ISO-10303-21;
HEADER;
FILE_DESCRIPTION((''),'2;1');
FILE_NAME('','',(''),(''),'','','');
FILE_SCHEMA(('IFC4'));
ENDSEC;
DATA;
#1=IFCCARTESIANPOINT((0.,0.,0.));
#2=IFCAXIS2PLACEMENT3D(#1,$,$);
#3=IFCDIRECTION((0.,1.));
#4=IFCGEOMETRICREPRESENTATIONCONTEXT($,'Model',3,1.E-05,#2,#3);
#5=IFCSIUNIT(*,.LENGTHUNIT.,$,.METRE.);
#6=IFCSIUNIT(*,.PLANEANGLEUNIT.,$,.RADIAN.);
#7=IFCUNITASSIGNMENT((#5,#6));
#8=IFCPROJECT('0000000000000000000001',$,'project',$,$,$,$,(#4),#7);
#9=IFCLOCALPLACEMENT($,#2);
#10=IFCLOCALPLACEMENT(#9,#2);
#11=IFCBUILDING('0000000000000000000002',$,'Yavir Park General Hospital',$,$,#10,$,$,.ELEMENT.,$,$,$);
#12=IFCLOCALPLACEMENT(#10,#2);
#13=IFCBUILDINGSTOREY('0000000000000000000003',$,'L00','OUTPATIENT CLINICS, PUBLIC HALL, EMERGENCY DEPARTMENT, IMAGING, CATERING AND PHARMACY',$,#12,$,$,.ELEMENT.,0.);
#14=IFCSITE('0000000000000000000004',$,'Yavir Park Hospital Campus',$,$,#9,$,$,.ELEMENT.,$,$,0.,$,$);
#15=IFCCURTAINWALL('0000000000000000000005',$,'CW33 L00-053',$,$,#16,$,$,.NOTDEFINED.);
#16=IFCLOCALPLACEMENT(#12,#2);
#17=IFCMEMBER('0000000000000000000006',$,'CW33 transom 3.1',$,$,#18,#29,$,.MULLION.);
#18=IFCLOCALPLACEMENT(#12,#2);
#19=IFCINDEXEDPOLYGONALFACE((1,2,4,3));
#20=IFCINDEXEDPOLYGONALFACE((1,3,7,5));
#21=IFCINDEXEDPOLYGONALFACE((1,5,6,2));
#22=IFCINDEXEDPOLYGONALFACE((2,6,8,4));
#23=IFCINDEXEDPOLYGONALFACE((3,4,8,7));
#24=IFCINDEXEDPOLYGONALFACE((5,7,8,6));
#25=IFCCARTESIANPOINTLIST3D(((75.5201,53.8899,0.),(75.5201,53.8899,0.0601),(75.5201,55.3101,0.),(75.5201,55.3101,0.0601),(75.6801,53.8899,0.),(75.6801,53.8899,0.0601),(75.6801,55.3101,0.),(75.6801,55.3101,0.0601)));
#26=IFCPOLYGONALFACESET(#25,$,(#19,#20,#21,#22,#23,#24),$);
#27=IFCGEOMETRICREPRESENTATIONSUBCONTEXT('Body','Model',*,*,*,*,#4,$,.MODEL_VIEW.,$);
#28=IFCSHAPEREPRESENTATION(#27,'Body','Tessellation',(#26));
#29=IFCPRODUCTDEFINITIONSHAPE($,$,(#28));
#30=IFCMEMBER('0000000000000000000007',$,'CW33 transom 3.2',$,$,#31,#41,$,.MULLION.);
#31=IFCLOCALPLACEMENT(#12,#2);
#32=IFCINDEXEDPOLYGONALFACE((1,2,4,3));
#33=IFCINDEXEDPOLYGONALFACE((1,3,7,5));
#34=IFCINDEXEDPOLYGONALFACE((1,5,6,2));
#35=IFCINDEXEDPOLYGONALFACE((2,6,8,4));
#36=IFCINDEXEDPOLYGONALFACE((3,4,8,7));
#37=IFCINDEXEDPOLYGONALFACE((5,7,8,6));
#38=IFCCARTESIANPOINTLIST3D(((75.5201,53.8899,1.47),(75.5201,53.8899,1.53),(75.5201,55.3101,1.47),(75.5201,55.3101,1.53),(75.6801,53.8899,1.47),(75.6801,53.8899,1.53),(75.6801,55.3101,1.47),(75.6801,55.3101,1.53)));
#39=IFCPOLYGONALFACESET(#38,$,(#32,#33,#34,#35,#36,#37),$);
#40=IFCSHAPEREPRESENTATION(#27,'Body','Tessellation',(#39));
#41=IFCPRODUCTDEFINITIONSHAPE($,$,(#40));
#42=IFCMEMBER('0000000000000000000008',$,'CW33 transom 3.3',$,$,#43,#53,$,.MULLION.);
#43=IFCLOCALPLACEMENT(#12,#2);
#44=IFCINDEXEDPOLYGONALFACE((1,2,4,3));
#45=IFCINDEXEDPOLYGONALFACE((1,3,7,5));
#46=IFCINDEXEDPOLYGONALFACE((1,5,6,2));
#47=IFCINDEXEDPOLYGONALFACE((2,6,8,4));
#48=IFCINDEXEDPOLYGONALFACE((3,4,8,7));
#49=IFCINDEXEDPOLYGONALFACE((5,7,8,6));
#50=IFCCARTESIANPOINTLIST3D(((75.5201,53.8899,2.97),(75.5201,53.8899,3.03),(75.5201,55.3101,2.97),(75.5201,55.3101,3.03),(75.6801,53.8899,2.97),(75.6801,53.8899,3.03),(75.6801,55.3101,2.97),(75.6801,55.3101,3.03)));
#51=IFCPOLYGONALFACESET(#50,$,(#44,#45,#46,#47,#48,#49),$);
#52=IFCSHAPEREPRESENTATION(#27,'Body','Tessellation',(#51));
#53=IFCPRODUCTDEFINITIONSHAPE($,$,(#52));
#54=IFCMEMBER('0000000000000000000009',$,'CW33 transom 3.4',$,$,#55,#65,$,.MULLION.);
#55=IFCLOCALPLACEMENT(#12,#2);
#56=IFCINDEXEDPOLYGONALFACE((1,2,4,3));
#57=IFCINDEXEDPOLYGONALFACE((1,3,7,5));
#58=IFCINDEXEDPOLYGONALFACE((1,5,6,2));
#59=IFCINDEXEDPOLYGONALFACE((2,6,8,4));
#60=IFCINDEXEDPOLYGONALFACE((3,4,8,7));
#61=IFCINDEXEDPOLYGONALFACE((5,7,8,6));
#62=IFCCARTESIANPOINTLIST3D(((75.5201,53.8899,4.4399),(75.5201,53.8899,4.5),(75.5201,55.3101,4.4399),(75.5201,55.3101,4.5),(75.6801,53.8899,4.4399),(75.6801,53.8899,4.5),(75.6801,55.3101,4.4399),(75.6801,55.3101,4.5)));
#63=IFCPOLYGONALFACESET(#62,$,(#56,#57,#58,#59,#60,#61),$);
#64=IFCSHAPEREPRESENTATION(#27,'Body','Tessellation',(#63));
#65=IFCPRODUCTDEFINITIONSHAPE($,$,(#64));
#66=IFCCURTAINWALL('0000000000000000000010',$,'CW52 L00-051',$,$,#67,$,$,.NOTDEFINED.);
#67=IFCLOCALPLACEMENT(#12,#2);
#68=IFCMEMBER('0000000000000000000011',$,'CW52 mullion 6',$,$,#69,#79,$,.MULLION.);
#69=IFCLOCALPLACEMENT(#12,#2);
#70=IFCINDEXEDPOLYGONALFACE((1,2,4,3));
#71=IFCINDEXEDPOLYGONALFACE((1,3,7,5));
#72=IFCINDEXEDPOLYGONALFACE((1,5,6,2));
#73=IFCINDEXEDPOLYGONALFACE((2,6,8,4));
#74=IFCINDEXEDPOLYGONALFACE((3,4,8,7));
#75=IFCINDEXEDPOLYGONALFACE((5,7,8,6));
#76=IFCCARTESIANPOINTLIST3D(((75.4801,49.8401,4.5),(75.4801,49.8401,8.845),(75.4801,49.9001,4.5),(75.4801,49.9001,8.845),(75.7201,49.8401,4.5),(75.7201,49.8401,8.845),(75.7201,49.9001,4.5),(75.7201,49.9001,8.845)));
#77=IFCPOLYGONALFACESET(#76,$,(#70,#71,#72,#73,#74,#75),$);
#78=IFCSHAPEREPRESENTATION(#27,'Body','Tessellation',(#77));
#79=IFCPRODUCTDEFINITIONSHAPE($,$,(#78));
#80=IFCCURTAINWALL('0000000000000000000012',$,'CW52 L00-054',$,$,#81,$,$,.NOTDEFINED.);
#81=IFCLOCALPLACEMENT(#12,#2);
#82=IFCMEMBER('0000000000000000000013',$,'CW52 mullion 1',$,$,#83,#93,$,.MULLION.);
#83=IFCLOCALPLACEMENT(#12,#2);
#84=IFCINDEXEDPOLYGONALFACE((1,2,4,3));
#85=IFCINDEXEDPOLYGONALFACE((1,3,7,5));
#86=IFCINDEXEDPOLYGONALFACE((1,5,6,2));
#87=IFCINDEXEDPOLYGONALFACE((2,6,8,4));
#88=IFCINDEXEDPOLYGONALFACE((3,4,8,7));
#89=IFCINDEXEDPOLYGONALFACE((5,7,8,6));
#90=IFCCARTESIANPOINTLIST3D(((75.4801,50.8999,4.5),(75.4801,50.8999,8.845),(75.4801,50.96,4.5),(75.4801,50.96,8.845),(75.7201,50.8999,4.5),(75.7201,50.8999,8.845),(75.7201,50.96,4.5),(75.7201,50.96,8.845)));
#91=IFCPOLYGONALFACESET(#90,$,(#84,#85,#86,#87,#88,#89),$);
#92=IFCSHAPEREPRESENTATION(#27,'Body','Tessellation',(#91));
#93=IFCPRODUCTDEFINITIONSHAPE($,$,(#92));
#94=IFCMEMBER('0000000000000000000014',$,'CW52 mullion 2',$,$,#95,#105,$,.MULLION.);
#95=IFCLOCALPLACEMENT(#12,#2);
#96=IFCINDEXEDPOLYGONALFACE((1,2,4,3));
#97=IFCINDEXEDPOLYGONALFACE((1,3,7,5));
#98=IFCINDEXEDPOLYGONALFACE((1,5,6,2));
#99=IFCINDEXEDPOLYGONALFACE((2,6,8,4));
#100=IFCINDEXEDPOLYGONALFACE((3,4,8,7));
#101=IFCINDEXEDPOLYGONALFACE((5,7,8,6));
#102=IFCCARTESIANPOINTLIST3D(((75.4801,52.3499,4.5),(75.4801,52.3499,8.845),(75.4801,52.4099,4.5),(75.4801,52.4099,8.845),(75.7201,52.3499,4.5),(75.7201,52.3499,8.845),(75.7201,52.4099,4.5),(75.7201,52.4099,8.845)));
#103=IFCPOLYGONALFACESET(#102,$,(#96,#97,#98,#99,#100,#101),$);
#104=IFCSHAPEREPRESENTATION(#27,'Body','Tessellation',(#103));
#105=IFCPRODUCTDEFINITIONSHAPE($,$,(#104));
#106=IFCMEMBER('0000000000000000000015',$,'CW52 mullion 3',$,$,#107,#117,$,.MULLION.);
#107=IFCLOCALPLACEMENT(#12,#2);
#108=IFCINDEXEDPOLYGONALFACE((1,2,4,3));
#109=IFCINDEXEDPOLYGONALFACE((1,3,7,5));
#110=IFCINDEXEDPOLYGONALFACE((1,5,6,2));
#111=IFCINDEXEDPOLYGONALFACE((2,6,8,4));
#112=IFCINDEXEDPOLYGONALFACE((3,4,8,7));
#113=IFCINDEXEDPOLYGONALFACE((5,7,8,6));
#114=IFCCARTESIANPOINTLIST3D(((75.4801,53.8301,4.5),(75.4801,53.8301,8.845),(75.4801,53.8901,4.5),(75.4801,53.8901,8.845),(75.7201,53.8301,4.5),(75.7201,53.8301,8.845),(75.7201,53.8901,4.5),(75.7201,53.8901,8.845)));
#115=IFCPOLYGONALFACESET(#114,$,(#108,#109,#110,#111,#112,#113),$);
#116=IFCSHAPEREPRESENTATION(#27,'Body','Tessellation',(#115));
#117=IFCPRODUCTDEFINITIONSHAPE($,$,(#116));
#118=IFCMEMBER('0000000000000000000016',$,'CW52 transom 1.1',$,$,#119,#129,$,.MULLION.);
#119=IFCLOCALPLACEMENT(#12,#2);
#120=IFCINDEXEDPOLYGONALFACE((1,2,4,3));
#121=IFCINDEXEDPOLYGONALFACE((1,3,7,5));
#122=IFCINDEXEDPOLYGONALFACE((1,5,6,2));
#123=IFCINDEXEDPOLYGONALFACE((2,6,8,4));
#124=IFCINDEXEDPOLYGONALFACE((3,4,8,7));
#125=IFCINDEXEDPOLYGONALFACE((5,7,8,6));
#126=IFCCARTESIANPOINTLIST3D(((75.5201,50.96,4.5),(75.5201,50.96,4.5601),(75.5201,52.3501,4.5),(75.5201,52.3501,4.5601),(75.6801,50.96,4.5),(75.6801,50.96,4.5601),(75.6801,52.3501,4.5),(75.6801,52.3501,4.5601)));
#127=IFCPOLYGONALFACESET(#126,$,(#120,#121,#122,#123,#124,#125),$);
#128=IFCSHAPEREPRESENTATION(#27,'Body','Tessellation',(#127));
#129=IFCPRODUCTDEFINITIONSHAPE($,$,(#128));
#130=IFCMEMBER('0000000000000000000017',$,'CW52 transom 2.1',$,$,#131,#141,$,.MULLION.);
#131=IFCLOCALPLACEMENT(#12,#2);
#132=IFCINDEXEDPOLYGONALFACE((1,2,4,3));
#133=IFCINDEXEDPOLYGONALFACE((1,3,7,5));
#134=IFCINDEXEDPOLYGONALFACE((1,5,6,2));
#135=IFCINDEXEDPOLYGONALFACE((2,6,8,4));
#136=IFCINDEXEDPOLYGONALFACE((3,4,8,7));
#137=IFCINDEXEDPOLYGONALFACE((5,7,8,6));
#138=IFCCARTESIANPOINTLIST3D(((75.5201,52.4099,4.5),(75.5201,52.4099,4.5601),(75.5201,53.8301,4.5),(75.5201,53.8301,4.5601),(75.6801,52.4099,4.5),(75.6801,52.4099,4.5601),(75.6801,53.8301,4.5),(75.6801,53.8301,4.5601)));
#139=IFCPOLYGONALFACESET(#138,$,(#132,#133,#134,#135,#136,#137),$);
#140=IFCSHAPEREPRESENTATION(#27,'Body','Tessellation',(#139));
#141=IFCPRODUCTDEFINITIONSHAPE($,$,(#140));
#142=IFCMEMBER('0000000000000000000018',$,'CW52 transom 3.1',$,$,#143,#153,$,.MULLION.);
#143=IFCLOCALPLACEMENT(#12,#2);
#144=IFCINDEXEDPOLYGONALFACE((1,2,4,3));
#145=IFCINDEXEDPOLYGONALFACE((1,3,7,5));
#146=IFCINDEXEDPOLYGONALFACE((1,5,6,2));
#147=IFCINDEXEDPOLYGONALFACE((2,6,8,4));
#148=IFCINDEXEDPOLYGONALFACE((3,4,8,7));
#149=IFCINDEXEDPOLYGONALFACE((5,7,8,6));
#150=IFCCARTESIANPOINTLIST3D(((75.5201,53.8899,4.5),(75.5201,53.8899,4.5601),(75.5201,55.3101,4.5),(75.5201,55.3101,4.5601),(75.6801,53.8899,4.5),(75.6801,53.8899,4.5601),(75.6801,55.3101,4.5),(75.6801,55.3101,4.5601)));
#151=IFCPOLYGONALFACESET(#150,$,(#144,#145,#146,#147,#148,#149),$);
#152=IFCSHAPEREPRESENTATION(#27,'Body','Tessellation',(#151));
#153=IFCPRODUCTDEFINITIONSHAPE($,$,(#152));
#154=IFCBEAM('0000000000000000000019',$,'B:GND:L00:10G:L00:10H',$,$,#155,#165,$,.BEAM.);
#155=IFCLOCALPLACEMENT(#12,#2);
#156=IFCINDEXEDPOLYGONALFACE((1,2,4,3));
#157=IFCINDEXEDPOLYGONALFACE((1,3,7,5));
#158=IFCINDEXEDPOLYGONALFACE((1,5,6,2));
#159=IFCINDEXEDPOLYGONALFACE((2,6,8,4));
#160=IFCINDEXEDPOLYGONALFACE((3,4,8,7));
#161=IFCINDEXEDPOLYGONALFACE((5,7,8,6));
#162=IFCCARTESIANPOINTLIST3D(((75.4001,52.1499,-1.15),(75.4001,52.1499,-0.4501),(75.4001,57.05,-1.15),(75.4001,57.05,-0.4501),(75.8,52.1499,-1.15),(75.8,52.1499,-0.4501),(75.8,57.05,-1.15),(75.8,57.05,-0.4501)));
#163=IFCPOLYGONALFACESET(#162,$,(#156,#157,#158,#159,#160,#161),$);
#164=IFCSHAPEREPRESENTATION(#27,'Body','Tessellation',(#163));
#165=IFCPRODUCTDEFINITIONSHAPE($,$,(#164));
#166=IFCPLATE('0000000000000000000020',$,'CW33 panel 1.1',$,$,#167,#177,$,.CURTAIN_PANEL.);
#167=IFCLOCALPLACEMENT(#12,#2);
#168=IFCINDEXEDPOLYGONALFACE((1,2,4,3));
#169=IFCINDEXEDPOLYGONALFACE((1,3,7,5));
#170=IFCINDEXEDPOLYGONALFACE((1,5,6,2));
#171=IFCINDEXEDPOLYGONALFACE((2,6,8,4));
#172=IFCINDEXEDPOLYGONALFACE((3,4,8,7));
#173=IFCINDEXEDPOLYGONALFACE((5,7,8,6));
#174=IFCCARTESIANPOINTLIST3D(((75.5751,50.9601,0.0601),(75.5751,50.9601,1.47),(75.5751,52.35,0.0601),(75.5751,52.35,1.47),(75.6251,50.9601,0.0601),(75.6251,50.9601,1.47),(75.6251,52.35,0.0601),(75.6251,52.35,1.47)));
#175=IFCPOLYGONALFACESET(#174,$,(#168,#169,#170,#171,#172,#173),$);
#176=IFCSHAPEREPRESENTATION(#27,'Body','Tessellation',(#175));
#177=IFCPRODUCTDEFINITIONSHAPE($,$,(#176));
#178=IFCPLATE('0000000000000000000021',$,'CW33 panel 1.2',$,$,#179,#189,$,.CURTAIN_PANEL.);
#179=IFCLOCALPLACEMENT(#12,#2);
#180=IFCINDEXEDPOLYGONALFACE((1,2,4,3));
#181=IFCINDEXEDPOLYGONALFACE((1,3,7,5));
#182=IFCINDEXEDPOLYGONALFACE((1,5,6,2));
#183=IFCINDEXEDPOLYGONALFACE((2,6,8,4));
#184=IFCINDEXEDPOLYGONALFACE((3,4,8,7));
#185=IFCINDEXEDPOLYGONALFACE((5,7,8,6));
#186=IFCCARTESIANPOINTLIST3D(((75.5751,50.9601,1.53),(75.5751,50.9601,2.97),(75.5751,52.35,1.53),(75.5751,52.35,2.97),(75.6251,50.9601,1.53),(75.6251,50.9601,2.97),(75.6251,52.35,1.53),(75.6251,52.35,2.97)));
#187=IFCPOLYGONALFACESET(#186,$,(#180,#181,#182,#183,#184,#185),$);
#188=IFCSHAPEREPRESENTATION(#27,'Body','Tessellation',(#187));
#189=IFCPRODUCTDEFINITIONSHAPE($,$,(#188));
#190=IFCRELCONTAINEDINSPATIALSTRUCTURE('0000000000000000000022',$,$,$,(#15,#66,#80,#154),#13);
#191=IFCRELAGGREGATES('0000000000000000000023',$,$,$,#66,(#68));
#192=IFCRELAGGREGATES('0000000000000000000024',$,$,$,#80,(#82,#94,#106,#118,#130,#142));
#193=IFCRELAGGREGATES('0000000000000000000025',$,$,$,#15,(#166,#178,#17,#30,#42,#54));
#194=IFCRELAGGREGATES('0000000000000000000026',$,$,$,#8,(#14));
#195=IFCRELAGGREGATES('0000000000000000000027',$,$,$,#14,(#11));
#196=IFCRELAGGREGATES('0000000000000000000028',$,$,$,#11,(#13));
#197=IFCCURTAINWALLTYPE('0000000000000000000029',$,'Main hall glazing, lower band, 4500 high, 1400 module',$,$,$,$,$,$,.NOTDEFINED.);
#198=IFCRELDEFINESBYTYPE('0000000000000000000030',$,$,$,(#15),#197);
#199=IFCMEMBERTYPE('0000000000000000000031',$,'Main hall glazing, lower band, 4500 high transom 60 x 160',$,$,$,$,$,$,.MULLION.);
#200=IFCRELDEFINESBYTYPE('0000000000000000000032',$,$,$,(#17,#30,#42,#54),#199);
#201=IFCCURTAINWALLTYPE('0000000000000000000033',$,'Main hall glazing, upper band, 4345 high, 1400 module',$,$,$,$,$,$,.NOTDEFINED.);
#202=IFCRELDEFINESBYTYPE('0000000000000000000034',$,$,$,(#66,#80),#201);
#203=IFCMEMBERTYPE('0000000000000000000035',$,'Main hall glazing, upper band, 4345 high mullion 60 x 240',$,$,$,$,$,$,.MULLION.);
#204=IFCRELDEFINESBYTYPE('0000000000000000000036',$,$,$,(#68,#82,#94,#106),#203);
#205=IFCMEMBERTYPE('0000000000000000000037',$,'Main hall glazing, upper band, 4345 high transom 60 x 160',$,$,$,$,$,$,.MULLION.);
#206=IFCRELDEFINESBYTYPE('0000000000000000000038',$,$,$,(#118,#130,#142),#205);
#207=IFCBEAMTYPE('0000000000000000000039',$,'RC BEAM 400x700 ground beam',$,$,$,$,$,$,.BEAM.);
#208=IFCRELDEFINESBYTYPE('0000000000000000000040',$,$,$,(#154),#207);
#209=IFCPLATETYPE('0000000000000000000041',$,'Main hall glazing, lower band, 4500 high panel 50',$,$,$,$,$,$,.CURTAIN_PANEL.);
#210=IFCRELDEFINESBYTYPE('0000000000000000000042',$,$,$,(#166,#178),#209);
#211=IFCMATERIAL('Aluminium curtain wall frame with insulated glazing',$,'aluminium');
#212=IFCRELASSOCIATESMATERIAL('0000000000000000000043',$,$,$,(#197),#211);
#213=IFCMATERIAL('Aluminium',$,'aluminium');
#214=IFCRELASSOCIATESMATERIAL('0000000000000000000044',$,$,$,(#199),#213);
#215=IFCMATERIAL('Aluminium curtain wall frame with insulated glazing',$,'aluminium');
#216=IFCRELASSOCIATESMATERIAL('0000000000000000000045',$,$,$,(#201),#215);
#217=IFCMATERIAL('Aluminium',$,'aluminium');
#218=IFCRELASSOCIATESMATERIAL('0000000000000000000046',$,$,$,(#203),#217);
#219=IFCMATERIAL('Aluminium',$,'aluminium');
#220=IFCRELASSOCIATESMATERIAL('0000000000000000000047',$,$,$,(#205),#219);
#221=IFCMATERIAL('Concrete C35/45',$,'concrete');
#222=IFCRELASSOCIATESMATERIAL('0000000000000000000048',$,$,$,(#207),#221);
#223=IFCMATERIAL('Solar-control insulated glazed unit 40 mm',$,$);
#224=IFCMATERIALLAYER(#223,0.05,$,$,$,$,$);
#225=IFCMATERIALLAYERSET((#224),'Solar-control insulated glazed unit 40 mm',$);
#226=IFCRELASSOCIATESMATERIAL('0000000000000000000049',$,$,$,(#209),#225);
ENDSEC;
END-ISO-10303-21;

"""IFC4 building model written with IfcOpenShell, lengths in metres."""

from ifc_helpers import new_model, si_unit, direction, frame, origin, origin_2d, place, context, subcontext, project, spatial, rectangle, extrude, material, layer, layer_set, material_profile, profile_set, type_object, element, aggregate, save


model = new_model("IFC4")

# Units and contexts
model_context = context("Model", 3, precision=1e-05, world=origin(), true_north=direction((0.0, 1.0)))
body_context = subcontext(model_context, "Body", "Model", "MODEL_VIEW")
ifc_project = project(units=[si_unit("LENGTHUNIT", "METRE"), si_unit("PLANEANGLEUNIT", "RADIAN")], contexts=[model_context])

# Site, building, storey
site_placement = place(None, origin())
site = spatial("IfcSite", under=ifc_project, at=site_placement, Name="Yavir Park Hospital Campus", CompositionType="ELEMENT", RefElevation=0.0)
building_placement = place(site_placement, origin())
building = spatial("IfcBuilding", under=site, at=building_placement, Name="Yavir Park General Hospital", CompositionType="ELEMENT")
storey_placement = place(building_placement, origin())
storey = spatial("IfcBuildingStorey", under=building, at=storey_placement, Name="L00", Description="OUTPATIENT CLINICS, PUBLIC HALL, EMERGENCY DEPARTMENT, IMAGING, CATERING AND PHARMACY", CompositionType="ELEMENT", Elevation=0.0)

# Shared definitions
ifc_material_1 = material(Name="Aluminium curtain wall frame with insulated glazing", Category="aluminium")
curtain_wall_type_1 = type_object("IfcCurtainWallType", Name="Main hall glazing, lower band, 4500 high, 1400 module", PredefinedType="NOTDEFINED", material=ifc_material_1)

# Curtain wall, members
curtain_wall_1_placement = place(storey_placement, origin())
curtain_wall_1 = element("IfcCurtainWall", 1, at=curtain_wall_1_placement, inside=storey, type_object=curtain_wall_type_1, Name="CW33 L00-053", PredefinedType="NOTDEFINED")
ifc_material_2 = material(Name="Aluminium", Category="aluminium")
ifc_material_profile_1 = material_profile(ifc_material_2, rectangle(XDim=0.1599, YDim=0.0601, at=origin_2d()), Name="AL 160x60")
ifc_profile_set_1 = profile_set([ifc_material_profile_1], Name="Aluminium")
member_type_1 = type_object("IfcMemberType", Name="Main hall glazing, lower band, 4500 high transom 60 x 160", PredefinedType="MULLION", material=ifc_profile_set_1)
member_1_placement = place(storey_placement, frame((75.6001, 53.8899, 0.03), z_axis=(0.0, 1.0, 0.0), x_axis=(-1.0, 0.0, 0.0)))
member_1 = element("IfcMember", 2, at=member_1_placement, type_object=member_type_1, Name="CW33 transom 3.1", PredefinedType="MULLION", context=body_context, shape_type="SweptSolid", body=[
    extrude(rectangle(XDim=0.1599, YDim=0.0601, at=origin_2d()), origin(), (0.0, 0.0, 1.0), 1.4202),
])
member_2_placement = place(storey_placement, frame((75.6001, 53.8899, 1.5), z_axis=(0.0, 1.0, 0.0), x_axis=(-1.0, 0.0, 0.0)))
member_2 = element("IfcMember", 3, at=member_2_placement, type_object=member_type_1, Name="CW33 transom 3.2", PredefinedType="MULLION", context=body_context, shape_type="SweptSolid", body=[
    extrude(rectangle(XDim=0.1599, YDim=0.0601, at=origin_2d()), origin(), (0.0, 0.0, 1.0), 1.4202),
])
member_3_placement = place(storey_placement, frame((75.6001, 53.8899, 3.0), z_axis=(0.0, 1.0, 0.0), x_axis=(-1.0, 0.0, 0.0)))
member_3 = element("IfcMember", 4, at=member_3_placement, type_object=member_type_1, Name="CW33 transom 3.3", PredefinedType="MULLION", context=body_context, shape_type="SweptSolid", body=[
    extrude(rectangle(XDim=0.1599, YDim=0.0601, at=origin_2d()), origin(), (0.0, 0.0, 1.0), 1.4202),
])
member_4_placement = place(storey_placement, frame((75.6001, 53.8899, 4.47), z_axis=(0.0, 1.0, 0.0), x_axis=(-1.0, 0.0, 0.0)))
member_4 = element("IfcMember", 5, at=member_4_placement, type_object=member_type_1, Name="CW33 transom 3.4", PredefinedType="MULLION", context=body_context, shape_type="SweptSolid", body=[
    extrude(rectangle(XDim=0.1599, YDim=0.0601, at=origin_2d()), origin(), (0.0, 0.0, 1.0), 1.4202),
])

# Curtain wall, member
ifc_material_3 = material(Name="Aluminium curtain wall frame with insulated glazing", Category="aluminium")
curtain_wall_type_2 = type_object("IfcCurtainWallType", Name="Main hall glazing, upper band, 4345 high, 1400 module", PredefinedType="NOTDEFINED", material=ifc_material_3)
curtain_wall_2_placement = place(storey_placement, origin())
curtain_wall_2 = element("IfcCurtainWall", 6, at=curtain_wall_2_placement, inside=storey, type_object=curtain_wall_type_2, Name="CW52 L00-051", PredefinedType="NOTDEFINED")
ifc_material_4 = material(Name="Aluminium", Category="aluminium")
ifc_material_profile_2 = material_profile(ifc_material_4, rectangle(XDim=0.24, YDim=0.0601, at=origin_2d()), Name="AL 60x240")
ifc_profile_set_2 = profile_set([ifc_material_profile_2], Name="Aluminium")
member_type_2 = type_object("IfcMemberType", Name="Main hall glazing, upper band, 4345 high mullion 60 x 240", PredefinedType="MULLION", material=ifc_profile_set_2)
member_5_placement = place(storey_placement, frame((75.6001, 49.8701, 4.5), z_axis=(0.0, 0.0, 1.0), x_axis=(-1.0, 0.0, 0.0)))
member_5 = element("IfcMember", 7, at=member_5_placement, type_object=member_type_2, Name="CW52 mullion 6", PredefinedType="MULLION", context=body_context, shape_type="SweptSolid", body=[
    extrude(rectangle(XDim=0.24, YDim=0.0601, at=origin_2d()), origin(), (0.0, 0.0, 1.0), 4.345),
])
aggregate(curtain_wall_2, [member_5])

# Curtain wall, members
curtain_wall_3_placement = place(storey_placement, origin())
curtain_wall_3 = element("IfcCurtainWall", 8, at=curtain_wall_3_placement, inside=storey, type_object=curtain_wall_type_2, Name="CW52 L00-054", PredefinedType="NOTDEFINED")
member_6_placement = place(storey_placement, frame((75.6001, 50.9299, 4.5), z_axis=(0.0, 0.0, 1.0), x_axis=(-1.0, 0.0, 0.0)))
member_6 = element("IfcMember", 9, at=member_6_placement, type_object=member_type_2, Name="CW52 mullion 1", PredefinedType="MULLION", context=body_context, shape_type="SweptSolid", body=[
    extrude(rectangle(XDim=0.24, YDim=0.0601, at=origin_2d()), origin(), (0.0, 0.0, 1.0), 4.345),
])
member_7_placement = place(storey_placement, frame((75.6001, 52.3799, 4.5), z_axis=(0.0, 0.0, 1.0), x_axis=(-1.0, 0.0, 0.0)))
member_7 = element("IfcMember", 10, at=member_7_placement, type_object=member_type_2, Name="CW52 mullion 2", PredefinedType="MULLION", context=body_context, shape_type="SweptSolid", body=[
    extrude(rectangle(XDim=0.24, YDim=0.0601, at=origin_2d()), origin(), (0.0, 0.0, 1.0), 4.345),
])
member_8_placement = place(storey_placement, frame((75.6001, 53.8601, 4.5), z_axis=(0.0, 0.0, 1.0), x_axis=(-1.0, 0.0, 0.0)))
member_8 = element("IfcMember", 11, at=member_8_placement, type_object=member_type_2, Name="CW52 mullion 3", PredefinedType="MULLION", context=body_context, shape_type="SweptSolid", body=[
    extrude(rectangle(XDim=0.24, YDim=0.0601, at=origin_2d()), origin(), (0.0, 0.0, 1.0), 4.345),
])
ifc_material_5 = material(Name="Aluminium", Category="aluminium")
ifc_material_profile_3 = material_profile(ifc_material_5, rectangle(XDim=0.1599, YDim=0.0601, at=origin_2d()), Name="AL 160x60")
ifc_profile_set_3 = profile_set([ifc_material_profile_3], Name="Aluminium")
member_type_3 = type_object("IfcMemberType", Name="Main hall glazing, upper band, 4345 high transom 60 x 160", PredefinedType="MULLION", material=ifc_profile_set_3)
member_9_placement = place(storey_placement, frame((75.6001, 50.96, 4.53), z_axis=(0.0, 1.0, 0.0), x_axis=(-1.0, 0.0, 0.0)))
member_9 = element("IfcMember", 12, at=member_9_placement, type_object=member_type_3, Name="CW52 transom 1.1", PredefinedType="MULLION", context=body_context, shape_type="SweptSolid", body=[
    extrude(rectangle(XDim=0.1599, YDim=0.0601, at=origin_2d()), origin(), (0.0, 0.0, 1.0), 1.3901),
])
member_10_placement = place(storey_placement, frame((75.6001, 52.4099, 4.53), z_axis=(0.0, 1.0, 0.0), x_axis=(-1.0, 0.0, 0.0)))
member_10 = element("IfcMember", 13, at=member_10_placement, type_object=member_type_3, Name="CW52 transom 2.1", PredefinedType="MULLION", context=body_context, shape_type="SweptSolid", body=[
    extrude(rectangle(XDim=0.1599, YDim=0.0601, at=origin_2d()), origin(), (0.0, 0.0, 1.0), 1.4202),
])
member_11_placement = place(storey_placement, frame((75.6001, 53.8899, 4.53), z_axis=(0.0, 1.0, 0.0), x_axis=(-1.0, 0.0, 0.0)))
member_11 = element("IfcMember", 14, at=member_11_placement, type_object=member_type_3, Name="CW52 transom 3.1", PredefinedType="MULLION", context=body_context, shape_type="SweptSolid", body=[
    extrude(rectangle(XDim=0.1599, YDim=0.0601, at=origin_2d()), origin(), (0.0, 0.0, 1.0), 1.4202),
])
aggregate(curtain_wall_3, [member_6, member_7, member_8, member_9, member_10, member_11])

# Beam
ifc_material_6 = material(Name="Concrete C35/45", Category="concrete")
ifc_material_profile_4 = material_profile(ifc_material_6, rectangle(XDim=0.3999, YDim=0.7, at=origin_2d()), Name="RC400x700")
ifc_profile_set_4 = profile_set([ifc_material_profile_4], Name="Concrete C35/45")
beam_type = type_object("IfcBeamType", Name="RC BEAM 400x700 ground beam", PredefinedType="BEAM", material=ifc_profile_set_4)
beam_placement = place(storey_placement, frame((75.6001, 52.1499, -0.8), z_axis=(0.0, 1.0, 0.0), x_axis=(-1.0, 0.0, 0.0)))
element("IfcBeam", 15, at=beam_placement, inside=storey, type_object=beam_type, Name="B:GND:L00:10G:L00:10H", PredefinedType="BEAM", context=body_context, shape_type="SweptSolid", body=[
    extrude(rectangle(XDim=0.3999, YDim=0.7, at=origin_2d()), origin(), (0.0, 0.0, 1.0), 4.9001),
])

# Plates
ifc_material_7 = material(Name="Solar-control insulated glazed unit 40 mm")
ifc_layer = layer(ifc_material_7, 0.05)
ifc_layer_set = layer_set([ifc_layer], Name="Solar-control insulated glazed unit 40 mm")
plate_type = type_object("IfcPlateType", Name="Main hall glazing, lower band, 4500 high panel 50", PredefinedType="CURTAIN_PANEL", material=ifc_layer_set)
plate_1_placement = place(storey_placement, frame((75.6001, 51.655, 0.0601), z_axis=(0.0, 0.0, 1.0), x_axis=(0.0, 1.0, 0.0)))
plate_1 = element("IfcPlate", 16, at=plate_1_placement, type_object=plate_type, Name="CW33 panel 1.1", PredefinedType="CURTAIN_PANEL", context=body_context, shape_type="SweptSolid", body=[
    extrude(rectangle(XDim=1.3899, YDim=0.05, at=origin_2d()), origin(), (0.0, 0.0, 1.0), 1.4099),
])
plate_2_placement = place(storey_placement, frame((75.6001, 51.655, 1.53), z_axis=(0.0, 0.0, 1.0), x_axis=(0.0, 1.0, 0.0)))
plate_2 = element("IfcPlate", 17, at=plate_2_placement, type_object=plate_type, Name="CW33 panel 1.2", PredefinedType="CURTAIN_PANEL", context=body_context, shape_type="SweptSolid", body=[
    extrude(rectangle(XDim=1.3899, YDim=0.05, at=origin_2d()), origin(), (0.0, 0.0, 1.0), 1.4399),
])
aggregate(curtain_wall_1, [plate_1, plate_2, member_1, member_2, member_3, member_4])

save(model, "model.ifc")
